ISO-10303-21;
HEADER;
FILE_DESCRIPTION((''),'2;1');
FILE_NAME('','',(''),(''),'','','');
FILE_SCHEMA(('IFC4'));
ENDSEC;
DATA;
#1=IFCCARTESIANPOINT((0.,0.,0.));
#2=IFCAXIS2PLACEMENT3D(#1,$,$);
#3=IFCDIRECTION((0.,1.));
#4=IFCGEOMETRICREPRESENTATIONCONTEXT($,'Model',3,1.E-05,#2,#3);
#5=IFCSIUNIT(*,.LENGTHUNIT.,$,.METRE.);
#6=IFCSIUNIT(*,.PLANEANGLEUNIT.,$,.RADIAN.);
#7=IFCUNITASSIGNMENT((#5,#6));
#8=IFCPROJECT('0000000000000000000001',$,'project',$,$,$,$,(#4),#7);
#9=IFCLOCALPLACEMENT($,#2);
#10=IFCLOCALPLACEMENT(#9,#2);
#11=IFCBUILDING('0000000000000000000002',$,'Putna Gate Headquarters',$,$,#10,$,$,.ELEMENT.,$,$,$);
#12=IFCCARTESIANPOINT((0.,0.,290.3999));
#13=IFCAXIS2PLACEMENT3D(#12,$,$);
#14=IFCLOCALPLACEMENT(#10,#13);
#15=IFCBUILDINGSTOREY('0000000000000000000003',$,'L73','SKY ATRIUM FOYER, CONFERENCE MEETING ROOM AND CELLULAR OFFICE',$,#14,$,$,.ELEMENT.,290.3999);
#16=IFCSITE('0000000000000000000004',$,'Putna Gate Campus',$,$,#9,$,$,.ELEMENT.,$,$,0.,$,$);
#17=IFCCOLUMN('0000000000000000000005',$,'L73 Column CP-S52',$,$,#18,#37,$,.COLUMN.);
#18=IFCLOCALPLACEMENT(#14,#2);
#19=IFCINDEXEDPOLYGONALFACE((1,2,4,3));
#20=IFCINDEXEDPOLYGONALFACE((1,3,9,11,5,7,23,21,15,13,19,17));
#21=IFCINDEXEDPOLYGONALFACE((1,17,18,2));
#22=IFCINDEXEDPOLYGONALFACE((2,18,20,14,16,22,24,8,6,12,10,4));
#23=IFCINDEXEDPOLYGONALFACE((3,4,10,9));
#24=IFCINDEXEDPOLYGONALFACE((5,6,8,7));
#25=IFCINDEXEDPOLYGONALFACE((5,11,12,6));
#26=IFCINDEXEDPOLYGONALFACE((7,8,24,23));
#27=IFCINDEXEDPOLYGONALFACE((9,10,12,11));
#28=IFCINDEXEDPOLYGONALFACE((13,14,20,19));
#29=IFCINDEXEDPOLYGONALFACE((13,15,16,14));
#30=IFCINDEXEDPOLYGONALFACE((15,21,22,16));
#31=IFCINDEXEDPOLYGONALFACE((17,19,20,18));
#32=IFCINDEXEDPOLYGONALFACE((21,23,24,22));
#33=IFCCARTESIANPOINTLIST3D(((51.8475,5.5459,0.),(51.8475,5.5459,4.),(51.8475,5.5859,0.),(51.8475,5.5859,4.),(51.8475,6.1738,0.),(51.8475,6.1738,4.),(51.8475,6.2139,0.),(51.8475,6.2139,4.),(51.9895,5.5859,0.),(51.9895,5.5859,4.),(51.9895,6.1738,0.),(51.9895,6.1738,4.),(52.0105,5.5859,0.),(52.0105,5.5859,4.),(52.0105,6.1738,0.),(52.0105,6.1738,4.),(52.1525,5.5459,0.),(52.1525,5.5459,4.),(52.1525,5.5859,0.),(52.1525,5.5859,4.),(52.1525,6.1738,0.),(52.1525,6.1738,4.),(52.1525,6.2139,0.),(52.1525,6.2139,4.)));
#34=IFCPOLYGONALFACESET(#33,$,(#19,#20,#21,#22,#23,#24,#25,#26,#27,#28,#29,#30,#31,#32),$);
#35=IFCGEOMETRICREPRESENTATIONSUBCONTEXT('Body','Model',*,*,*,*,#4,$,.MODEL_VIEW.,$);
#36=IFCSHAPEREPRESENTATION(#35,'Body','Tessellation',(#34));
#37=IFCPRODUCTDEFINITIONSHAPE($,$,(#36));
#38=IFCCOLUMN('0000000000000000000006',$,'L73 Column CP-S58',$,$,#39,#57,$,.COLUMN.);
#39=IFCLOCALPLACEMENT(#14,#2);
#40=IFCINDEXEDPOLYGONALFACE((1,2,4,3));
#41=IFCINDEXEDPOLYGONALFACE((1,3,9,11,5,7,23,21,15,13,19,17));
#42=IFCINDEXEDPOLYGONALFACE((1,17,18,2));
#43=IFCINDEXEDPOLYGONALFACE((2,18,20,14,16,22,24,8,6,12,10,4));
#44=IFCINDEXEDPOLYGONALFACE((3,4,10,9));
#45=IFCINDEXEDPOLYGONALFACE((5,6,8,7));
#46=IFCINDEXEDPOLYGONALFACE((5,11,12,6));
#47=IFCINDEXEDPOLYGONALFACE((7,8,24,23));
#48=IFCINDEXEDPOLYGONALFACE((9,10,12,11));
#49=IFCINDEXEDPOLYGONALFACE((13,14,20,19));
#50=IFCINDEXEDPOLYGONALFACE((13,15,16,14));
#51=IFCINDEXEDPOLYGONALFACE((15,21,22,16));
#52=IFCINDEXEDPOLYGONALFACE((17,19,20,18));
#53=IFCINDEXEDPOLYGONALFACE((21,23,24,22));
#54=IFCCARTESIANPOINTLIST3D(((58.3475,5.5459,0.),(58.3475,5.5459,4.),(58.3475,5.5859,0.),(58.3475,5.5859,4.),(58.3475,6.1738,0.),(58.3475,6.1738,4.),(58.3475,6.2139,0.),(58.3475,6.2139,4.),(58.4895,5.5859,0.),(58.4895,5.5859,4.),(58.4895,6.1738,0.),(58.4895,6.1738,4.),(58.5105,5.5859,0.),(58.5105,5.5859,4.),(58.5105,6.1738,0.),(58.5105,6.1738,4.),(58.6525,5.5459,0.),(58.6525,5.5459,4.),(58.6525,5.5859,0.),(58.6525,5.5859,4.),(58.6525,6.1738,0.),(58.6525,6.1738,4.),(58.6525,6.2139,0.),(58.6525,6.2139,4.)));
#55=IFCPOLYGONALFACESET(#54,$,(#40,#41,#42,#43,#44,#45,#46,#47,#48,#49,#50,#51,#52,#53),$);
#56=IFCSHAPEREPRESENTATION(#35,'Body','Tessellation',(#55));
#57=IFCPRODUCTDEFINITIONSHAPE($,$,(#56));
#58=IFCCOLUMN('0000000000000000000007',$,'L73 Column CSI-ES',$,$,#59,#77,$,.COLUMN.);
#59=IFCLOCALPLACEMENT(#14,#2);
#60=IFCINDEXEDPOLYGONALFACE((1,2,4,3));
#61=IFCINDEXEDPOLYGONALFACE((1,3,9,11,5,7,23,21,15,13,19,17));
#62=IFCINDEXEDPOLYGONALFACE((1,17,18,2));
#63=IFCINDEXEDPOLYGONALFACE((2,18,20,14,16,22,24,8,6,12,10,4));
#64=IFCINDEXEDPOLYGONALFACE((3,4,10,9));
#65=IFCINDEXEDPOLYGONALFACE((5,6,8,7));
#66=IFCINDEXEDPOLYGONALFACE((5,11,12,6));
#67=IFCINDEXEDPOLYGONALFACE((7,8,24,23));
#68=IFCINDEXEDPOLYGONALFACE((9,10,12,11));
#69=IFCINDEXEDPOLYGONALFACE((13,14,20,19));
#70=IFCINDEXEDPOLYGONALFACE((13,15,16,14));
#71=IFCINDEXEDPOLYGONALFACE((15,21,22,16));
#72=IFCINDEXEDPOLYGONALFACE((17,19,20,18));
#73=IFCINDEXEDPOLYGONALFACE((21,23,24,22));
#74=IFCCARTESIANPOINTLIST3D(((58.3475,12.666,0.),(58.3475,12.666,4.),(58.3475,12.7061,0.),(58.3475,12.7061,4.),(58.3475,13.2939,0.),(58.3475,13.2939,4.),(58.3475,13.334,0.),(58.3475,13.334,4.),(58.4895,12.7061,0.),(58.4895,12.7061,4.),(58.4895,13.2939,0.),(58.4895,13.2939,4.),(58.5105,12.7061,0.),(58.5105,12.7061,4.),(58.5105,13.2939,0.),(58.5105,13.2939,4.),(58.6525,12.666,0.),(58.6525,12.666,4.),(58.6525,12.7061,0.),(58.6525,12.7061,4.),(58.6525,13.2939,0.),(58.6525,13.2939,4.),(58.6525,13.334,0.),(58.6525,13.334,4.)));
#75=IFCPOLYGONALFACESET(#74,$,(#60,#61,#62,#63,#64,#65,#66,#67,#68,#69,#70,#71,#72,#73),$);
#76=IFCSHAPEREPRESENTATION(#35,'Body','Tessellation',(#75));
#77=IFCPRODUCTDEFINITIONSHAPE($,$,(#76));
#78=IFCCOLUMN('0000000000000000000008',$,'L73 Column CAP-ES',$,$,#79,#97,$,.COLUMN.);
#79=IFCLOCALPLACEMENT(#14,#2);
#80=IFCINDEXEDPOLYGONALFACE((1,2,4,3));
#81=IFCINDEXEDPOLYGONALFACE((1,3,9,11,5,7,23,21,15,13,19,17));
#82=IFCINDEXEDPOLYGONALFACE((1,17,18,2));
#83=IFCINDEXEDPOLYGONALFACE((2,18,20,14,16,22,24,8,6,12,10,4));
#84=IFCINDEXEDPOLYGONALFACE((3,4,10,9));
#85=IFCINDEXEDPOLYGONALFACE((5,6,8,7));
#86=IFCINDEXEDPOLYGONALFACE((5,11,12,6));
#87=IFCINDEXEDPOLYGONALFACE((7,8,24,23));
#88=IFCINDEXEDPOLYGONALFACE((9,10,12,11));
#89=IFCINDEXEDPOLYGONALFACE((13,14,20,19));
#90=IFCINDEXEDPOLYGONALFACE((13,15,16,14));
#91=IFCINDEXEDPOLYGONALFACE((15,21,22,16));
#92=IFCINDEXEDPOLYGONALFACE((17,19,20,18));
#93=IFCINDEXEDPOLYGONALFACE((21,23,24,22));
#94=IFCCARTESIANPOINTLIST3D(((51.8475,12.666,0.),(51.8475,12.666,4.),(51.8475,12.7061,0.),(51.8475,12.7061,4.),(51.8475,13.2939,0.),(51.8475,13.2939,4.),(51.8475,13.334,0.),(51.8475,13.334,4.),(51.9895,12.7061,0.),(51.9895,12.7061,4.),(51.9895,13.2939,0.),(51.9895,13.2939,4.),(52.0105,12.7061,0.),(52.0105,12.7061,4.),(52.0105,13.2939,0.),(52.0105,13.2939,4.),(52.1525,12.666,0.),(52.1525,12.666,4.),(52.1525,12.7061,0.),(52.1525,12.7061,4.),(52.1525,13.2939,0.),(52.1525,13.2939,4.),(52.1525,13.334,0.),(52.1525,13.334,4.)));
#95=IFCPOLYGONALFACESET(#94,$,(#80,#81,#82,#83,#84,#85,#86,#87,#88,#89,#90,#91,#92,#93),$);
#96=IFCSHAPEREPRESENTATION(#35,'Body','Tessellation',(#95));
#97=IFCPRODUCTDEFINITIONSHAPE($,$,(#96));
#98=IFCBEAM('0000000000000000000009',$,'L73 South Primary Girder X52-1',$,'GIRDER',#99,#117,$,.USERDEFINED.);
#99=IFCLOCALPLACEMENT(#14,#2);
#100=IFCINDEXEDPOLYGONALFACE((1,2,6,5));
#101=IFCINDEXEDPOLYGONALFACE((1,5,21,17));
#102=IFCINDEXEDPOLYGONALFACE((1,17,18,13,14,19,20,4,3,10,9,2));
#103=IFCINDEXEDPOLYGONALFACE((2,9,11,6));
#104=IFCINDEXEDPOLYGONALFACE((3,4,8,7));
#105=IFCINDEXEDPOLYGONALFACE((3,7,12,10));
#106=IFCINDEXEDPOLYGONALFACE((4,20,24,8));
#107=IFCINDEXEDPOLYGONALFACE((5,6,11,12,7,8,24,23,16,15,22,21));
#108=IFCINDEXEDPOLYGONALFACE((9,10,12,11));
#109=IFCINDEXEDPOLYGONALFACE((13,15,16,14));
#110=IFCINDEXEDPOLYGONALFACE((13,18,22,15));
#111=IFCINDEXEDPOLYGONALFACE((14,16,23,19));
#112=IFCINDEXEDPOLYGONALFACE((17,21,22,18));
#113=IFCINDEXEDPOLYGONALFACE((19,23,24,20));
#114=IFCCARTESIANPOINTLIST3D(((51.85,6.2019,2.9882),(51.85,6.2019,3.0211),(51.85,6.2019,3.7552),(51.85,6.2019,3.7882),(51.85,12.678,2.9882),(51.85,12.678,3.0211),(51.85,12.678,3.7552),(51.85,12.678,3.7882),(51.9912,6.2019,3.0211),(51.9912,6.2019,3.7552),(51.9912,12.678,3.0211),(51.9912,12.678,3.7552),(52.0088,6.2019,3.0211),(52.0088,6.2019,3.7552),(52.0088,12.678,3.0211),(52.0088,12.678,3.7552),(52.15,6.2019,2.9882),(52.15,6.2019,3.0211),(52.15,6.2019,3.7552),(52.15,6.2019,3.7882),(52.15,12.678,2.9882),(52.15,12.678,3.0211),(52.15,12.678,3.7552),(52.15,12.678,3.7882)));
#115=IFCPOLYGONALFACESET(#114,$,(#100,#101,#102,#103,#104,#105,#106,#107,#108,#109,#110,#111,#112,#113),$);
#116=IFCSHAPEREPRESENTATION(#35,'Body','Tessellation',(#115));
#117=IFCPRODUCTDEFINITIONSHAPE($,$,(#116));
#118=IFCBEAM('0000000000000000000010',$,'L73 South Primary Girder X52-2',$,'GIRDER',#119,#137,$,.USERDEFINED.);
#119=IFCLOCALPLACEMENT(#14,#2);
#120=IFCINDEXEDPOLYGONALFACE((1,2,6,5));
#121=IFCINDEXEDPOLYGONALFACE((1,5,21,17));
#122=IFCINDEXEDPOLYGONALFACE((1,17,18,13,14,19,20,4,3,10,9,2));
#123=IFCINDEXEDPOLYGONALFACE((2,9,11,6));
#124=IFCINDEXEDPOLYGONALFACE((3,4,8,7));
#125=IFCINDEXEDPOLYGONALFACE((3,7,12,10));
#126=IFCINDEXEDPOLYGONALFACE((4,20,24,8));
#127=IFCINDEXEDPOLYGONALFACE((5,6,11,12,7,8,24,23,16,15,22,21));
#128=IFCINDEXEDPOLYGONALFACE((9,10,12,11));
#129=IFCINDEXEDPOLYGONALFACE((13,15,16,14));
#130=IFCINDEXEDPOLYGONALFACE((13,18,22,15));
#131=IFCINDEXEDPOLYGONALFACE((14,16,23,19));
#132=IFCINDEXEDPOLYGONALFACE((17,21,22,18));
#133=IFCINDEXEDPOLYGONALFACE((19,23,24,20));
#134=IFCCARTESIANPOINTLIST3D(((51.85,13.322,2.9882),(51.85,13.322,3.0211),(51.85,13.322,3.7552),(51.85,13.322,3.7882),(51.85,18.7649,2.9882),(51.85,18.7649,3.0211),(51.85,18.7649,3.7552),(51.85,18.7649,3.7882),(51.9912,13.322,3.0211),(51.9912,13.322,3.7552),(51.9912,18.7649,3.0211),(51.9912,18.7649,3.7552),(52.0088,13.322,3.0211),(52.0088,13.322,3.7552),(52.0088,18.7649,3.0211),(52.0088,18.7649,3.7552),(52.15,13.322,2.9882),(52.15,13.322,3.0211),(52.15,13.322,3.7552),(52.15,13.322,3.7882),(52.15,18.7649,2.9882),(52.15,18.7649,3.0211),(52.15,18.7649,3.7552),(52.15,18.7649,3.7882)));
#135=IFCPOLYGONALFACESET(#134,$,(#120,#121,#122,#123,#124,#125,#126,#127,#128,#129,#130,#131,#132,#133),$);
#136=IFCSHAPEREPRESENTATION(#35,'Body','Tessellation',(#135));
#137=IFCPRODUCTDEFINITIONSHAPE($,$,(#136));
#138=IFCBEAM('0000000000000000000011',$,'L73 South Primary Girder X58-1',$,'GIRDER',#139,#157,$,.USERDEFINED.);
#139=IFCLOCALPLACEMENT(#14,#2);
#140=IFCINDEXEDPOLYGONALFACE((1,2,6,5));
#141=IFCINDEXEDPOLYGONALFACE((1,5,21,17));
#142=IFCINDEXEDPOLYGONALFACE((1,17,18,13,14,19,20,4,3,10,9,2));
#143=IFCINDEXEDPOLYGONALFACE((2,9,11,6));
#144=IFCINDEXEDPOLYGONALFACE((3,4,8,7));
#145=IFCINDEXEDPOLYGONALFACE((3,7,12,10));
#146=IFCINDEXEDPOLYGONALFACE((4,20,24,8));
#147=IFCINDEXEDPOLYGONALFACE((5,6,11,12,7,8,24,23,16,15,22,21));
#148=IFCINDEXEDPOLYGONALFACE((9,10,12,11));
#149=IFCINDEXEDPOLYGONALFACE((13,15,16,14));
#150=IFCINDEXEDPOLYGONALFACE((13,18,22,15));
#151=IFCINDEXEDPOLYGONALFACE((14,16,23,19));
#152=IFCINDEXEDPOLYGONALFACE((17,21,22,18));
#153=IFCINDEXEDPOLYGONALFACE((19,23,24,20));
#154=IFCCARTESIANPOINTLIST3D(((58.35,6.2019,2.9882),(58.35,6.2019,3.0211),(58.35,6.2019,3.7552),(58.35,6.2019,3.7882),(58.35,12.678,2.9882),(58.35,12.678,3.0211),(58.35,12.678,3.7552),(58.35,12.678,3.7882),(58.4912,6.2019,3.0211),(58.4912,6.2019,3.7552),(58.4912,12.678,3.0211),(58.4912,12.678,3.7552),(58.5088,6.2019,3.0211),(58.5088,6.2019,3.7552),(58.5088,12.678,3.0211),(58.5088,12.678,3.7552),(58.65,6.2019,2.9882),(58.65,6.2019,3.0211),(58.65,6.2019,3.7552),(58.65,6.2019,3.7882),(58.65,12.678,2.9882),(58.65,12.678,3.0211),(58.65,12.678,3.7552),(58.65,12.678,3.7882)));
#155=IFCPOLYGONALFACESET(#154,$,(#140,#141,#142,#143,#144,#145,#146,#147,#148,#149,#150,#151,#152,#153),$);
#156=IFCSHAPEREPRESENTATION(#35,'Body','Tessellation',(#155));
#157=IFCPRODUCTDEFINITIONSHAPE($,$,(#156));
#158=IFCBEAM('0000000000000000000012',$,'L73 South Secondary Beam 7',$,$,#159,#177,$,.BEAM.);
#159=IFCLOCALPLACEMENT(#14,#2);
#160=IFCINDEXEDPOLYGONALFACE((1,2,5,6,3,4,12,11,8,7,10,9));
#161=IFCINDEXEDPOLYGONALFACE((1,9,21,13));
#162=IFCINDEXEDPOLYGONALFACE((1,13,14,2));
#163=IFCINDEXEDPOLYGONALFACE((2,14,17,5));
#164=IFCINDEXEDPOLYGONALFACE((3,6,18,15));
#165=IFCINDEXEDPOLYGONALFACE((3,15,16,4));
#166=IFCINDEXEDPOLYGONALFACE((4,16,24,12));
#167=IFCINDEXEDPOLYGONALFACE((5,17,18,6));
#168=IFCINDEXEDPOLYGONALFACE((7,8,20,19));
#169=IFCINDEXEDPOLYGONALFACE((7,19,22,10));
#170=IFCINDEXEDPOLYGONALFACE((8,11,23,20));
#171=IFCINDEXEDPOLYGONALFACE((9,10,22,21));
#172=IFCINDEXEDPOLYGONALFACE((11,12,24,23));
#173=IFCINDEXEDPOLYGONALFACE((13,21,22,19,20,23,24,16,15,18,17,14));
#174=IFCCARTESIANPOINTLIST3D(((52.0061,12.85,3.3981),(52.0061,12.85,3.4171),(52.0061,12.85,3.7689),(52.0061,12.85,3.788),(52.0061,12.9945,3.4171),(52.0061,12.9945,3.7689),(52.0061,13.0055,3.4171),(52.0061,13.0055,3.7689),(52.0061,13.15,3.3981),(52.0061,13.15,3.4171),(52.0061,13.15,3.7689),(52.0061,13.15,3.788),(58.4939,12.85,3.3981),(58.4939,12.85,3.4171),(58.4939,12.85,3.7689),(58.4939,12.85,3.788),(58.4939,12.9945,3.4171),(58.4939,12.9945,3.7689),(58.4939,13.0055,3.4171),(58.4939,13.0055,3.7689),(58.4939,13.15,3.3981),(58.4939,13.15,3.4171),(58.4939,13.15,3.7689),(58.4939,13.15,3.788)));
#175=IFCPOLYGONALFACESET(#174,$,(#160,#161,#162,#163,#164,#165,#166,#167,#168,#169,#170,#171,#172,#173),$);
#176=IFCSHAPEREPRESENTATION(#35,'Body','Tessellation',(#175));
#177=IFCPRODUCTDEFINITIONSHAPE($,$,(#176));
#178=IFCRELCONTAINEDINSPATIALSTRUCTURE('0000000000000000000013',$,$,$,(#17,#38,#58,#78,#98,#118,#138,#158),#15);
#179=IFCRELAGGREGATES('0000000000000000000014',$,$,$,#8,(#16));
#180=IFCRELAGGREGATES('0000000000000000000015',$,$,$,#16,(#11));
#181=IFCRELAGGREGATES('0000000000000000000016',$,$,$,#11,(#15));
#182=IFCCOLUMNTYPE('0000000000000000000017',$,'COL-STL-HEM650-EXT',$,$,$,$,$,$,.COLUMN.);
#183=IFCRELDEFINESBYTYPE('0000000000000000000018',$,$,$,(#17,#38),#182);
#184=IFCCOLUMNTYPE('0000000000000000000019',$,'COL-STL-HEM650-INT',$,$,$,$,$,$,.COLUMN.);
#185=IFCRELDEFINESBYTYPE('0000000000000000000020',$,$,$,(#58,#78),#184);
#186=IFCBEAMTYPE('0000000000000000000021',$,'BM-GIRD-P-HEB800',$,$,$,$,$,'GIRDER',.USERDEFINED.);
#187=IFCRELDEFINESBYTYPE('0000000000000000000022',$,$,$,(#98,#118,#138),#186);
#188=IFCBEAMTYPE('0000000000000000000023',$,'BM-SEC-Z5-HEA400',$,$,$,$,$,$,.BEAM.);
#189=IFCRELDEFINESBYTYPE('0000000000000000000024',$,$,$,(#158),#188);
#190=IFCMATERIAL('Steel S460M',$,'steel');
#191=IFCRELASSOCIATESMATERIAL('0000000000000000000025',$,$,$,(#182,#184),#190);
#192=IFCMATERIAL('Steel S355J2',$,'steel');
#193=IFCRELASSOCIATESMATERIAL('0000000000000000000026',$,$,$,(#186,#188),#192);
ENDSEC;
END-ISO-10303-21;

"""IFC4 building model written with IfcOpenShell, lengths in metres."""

from ifc_helpers import new_model, si_unit, direction, frame, origin, origin_2d, place, context, subcontext, project, spatial, i_section, extrude, material, material_profile, profile_set, type_object, element, save


model = new_model("IFC4")

# Units and contexts
model_context = context("Model", 3, precision=1e-05, world=origin(), true_north=direction((0.0, 1.0)))
body_context = subcontext(model_context, "Body", "Model", "MODEL_VIEW")
ifc_project = project(units=[si_unit("LENGTHUNIT", "METRE"), si_unit("PLANEANGLEUNIT", "RADIAN")], contexts=[model_context])

# Site, building, storey
site_placement = place(None, origin())
site = spatial("IfcSite", under=ifc_project, at=site_placement, Name="Putna Gate Campus", CompositionType="ELEMENT", RefElevation=0.0)
building_placement = place(site_placement, origin())
building = spatial("IfcBuilding", under=site, at=building_placement, Name="Putna Gate Headquarters", CompositionType="ELEMENT")
storey_placement = place(building_placement, frame((0.0, 0.0, 290.3999)))
storey = spatial("IfcBuildingStorey", under=building, at=storey_placement, Name="L73", Description="SKY ATRIUM FOYER, CONFERENCE MEETING ROOM AND CELLULAR OFFICE", CompositionType="ELEMENT", Elevation=290.3999)

# Columns
ifc_material_1 = material(Name="Steel S460M", Category="steel")
ifc_material_profile_1 = material_profile(ifc_material_1, i_section(OverallWidth=0.3049, OverallDepth=0.668, WebThickness=0.021, FlangeThickness=0.04, at=origin_2d()), Name="Steel S460M")
ifc_profile_set_1 = profile_set([ifc_material_profile_1], Name="Steel S460M")
column_type_1 = type_object("IfcColumnType", Name="COL-STL-HEM650-EXT", PredefinedType="COLUMN", material=ifc_profile_set_1)
for number, where, z_axis, x_axis, name in (
    (1, (52.0, 5.8799, 0.0), (0.0, 0.0, 1.0), (1.0, 0.0, 0.0), "L73 Column CP-S52"),
    (2, (58.5, 5.8799, 0.0), (0.0, 0.0, 1.0), (1.0, 0.0, 0.0), "L73 Column CP-S58"),
):
    element("IfcColumn", number, at=place(storey_placement, frame(where, z_axis=z_axis, x_axis=x_axis)), inside=storey, type_object=column_type_1, Name=name, PredefinedType="COLUMN", context=body_context, shape_type="SweptSolid", body=[
        extrude(i_section(OverallWidth=0.3049, OverallDepth=0.668, WebThickness=0.021, FlangeThickness=0.04, at=origin_2d()), origin(), (0.0, 0.0, 1.0), 4.0),
    ])
ifc_material_profile_2 = material_profile(ifc_material_1, i_section(OverallWidth=0.3049, OverallDepth=0.668, WebThickness=0.021, FlangeThickness=0.04, at=origin_2d()), Name="Steel S460M")
ifc_profile_set_2 = profile_set([ifc_material_profile_2], Name="Steel S460M")
column_type_2 = type_object("IfcColumnType", Name="COL-STL-HEM650-INT", PredefinedType="COLUMN", material=ifc_profile_set_2)
for number, where, z_axis, x_axis, name in (
    (3, (58.5, 13.0, 0.0), (0.0, 0.0, 1.0), (1.0, 0.0, 0.0), "L73 Column CSI-ES"),
    (4, (52.0, 13.0, 0.0), (0.0, 0.0, 1.0), (1.0, 0.0, 0.0), "L73 Column CAP-ES"),
):
    element("IfcColumn", number, at=place(storey_placement, frame(where, z_axis=z_axis, x_axis=x_axis)), inside=storey, type_object=column_type_2, Name=name, PredefinedType="COLUMN", context=body_context, shape_type="SweptSolid", body=[
        extrude(i_section(OverallWidth=0.3049, OverallDepth=0.668, WebThickness=0.021, FlangeThickness=0.04, at=origin_2d()), origin(), (0.0, 0.0, 1.0), 4.0),
    ])

# Beams
ifc_material_2 = material(Name="Steel S355J2", Category="steel")
ifc_material_profile_3 = material_profile(ifc_material_2, i_section(OverallWidth=0.3, OverallDepth=0.8, WebThickness=0.0176, FlangeThickness=0.033, at=origin_2d()), Name="Steel S355J2")
ifc_profile_set_3 = profile_set([ifc_material_profile_3], Name="Steel S355J2")
beam_type_1 = type_object("IfcBeamType", Name="BM-GIRD-P-HEB800", ElementType="GIRDER", PredefinedType="USERDEFINED", material=ifc_profile_set_3)
beam_1_placement = place(storey_placement, frame((52.0, 6.2019, 3.3882), z_axis=(0.0, 1.0, 0.0), x_axis=(-1.0, 0.0, 0.0)))
element("IfcBeam", 5, at=beam_1_placement, inside=storey, type_object=beam_type_1, Name="L73 South Primary Girder X52-1", ObjectType="GIRDER", PredefinedType="USERDEFINED", context=body_context, shape_type="SweptSolid", body=[
    extrude(i_section(OverallWidth=0.3, OverallDepth=0.8, WebThickness=0.0176, FlangeThickness=0.033, at=origin_2d()), origin(), (0.0, 0.0, 1.0), 6.4761),
])
beam_2_placement = place(storey_placement, frame((52.0, 13.322, 3.3882), z_axis=(0.0, 1.0, 0.0), x_axis=(-1.0, 0.0, 0.0)))
element("IfcBeam", 6, at=beam_2_placement, inside=storey, type_object=beam_type_1, Name="L73 South Primary Girder X52-2", ObjectType="GIRDER", PredefinedType="USERDEFINED", context=body_context, shape_type="SweptSolid", body=[
    extrude(i_section(OverallWidth=0.3, OverallDepth=0.8, WebThickness=0.0176, FlangeThickness=0.033, at=origin_2d()), origin(), (0.0, 0.0, 1.0), 5.4429),
])
beam_3_placement = place(storey_placement, frame((58.5, 6.2019, 3.3882), z_axis=(0.0, 1.0, 0.0), x_axis=(-1.0, 0.0, 0.0)))
element("IfcBeam", 7, at=beam_3_placement, inside=storey, type_object=beam_type_1, Name="L73 South Primary Girder X58-1", ObjectType="GIRDER", PredefinedType="USERDEFINED", context=body_context, shape_type="SweptSolid", body=[
    extrude(i_section(OverallWidth=0.3, OverallDepth=0.8, WebThickness=0.0176, FlangeThickness=0.033, at=origin_2d()), origin(), (0.0, 0.0, 1.0), 6.4761),
])
ifc_material_profile_4 = material_profile(ifc_material_2, i_section(OverallWidth=0.3, OverallDepth=0.3899, WebThickness=0.011, FlangeThickness=0.019, at=origin_2d()), Name="Steel S355J2")
ifc_profile_set_4 = profile_set([ifc_material_profile_4], Name="Steel S355J2")
beam_type_2 = type_object("IfcBeamType", Name="BM-SEC-Z5-HEA400", PredefinedType="BEAM", material=ifc_profile_set_4)
beam_4_placement = place(storey_placement, frame((52.0061, 13.0, 3.593), z_axis=(1.0, 0.0, 0.0), x_axis=(0.0, 1.0, 0.0)))
element("IfcBeam", 8, at=beam_4_placement, inside=storey, type_object=beam_type_2, Name="L73 South Secondary Beam 7", PredefinedType="BEAM", context=body_context, shape_type="SweptSolid", body=[
    extrude(i_section(OverallWidth=0.3, OverallDepth=0.3899, WebThickness=0.011, FlangeThickness=0.019, at=origin_2d()), origin(), (0.0, 0.0, 1.0), 6.4878),
])

save(model, "model.ifc")
